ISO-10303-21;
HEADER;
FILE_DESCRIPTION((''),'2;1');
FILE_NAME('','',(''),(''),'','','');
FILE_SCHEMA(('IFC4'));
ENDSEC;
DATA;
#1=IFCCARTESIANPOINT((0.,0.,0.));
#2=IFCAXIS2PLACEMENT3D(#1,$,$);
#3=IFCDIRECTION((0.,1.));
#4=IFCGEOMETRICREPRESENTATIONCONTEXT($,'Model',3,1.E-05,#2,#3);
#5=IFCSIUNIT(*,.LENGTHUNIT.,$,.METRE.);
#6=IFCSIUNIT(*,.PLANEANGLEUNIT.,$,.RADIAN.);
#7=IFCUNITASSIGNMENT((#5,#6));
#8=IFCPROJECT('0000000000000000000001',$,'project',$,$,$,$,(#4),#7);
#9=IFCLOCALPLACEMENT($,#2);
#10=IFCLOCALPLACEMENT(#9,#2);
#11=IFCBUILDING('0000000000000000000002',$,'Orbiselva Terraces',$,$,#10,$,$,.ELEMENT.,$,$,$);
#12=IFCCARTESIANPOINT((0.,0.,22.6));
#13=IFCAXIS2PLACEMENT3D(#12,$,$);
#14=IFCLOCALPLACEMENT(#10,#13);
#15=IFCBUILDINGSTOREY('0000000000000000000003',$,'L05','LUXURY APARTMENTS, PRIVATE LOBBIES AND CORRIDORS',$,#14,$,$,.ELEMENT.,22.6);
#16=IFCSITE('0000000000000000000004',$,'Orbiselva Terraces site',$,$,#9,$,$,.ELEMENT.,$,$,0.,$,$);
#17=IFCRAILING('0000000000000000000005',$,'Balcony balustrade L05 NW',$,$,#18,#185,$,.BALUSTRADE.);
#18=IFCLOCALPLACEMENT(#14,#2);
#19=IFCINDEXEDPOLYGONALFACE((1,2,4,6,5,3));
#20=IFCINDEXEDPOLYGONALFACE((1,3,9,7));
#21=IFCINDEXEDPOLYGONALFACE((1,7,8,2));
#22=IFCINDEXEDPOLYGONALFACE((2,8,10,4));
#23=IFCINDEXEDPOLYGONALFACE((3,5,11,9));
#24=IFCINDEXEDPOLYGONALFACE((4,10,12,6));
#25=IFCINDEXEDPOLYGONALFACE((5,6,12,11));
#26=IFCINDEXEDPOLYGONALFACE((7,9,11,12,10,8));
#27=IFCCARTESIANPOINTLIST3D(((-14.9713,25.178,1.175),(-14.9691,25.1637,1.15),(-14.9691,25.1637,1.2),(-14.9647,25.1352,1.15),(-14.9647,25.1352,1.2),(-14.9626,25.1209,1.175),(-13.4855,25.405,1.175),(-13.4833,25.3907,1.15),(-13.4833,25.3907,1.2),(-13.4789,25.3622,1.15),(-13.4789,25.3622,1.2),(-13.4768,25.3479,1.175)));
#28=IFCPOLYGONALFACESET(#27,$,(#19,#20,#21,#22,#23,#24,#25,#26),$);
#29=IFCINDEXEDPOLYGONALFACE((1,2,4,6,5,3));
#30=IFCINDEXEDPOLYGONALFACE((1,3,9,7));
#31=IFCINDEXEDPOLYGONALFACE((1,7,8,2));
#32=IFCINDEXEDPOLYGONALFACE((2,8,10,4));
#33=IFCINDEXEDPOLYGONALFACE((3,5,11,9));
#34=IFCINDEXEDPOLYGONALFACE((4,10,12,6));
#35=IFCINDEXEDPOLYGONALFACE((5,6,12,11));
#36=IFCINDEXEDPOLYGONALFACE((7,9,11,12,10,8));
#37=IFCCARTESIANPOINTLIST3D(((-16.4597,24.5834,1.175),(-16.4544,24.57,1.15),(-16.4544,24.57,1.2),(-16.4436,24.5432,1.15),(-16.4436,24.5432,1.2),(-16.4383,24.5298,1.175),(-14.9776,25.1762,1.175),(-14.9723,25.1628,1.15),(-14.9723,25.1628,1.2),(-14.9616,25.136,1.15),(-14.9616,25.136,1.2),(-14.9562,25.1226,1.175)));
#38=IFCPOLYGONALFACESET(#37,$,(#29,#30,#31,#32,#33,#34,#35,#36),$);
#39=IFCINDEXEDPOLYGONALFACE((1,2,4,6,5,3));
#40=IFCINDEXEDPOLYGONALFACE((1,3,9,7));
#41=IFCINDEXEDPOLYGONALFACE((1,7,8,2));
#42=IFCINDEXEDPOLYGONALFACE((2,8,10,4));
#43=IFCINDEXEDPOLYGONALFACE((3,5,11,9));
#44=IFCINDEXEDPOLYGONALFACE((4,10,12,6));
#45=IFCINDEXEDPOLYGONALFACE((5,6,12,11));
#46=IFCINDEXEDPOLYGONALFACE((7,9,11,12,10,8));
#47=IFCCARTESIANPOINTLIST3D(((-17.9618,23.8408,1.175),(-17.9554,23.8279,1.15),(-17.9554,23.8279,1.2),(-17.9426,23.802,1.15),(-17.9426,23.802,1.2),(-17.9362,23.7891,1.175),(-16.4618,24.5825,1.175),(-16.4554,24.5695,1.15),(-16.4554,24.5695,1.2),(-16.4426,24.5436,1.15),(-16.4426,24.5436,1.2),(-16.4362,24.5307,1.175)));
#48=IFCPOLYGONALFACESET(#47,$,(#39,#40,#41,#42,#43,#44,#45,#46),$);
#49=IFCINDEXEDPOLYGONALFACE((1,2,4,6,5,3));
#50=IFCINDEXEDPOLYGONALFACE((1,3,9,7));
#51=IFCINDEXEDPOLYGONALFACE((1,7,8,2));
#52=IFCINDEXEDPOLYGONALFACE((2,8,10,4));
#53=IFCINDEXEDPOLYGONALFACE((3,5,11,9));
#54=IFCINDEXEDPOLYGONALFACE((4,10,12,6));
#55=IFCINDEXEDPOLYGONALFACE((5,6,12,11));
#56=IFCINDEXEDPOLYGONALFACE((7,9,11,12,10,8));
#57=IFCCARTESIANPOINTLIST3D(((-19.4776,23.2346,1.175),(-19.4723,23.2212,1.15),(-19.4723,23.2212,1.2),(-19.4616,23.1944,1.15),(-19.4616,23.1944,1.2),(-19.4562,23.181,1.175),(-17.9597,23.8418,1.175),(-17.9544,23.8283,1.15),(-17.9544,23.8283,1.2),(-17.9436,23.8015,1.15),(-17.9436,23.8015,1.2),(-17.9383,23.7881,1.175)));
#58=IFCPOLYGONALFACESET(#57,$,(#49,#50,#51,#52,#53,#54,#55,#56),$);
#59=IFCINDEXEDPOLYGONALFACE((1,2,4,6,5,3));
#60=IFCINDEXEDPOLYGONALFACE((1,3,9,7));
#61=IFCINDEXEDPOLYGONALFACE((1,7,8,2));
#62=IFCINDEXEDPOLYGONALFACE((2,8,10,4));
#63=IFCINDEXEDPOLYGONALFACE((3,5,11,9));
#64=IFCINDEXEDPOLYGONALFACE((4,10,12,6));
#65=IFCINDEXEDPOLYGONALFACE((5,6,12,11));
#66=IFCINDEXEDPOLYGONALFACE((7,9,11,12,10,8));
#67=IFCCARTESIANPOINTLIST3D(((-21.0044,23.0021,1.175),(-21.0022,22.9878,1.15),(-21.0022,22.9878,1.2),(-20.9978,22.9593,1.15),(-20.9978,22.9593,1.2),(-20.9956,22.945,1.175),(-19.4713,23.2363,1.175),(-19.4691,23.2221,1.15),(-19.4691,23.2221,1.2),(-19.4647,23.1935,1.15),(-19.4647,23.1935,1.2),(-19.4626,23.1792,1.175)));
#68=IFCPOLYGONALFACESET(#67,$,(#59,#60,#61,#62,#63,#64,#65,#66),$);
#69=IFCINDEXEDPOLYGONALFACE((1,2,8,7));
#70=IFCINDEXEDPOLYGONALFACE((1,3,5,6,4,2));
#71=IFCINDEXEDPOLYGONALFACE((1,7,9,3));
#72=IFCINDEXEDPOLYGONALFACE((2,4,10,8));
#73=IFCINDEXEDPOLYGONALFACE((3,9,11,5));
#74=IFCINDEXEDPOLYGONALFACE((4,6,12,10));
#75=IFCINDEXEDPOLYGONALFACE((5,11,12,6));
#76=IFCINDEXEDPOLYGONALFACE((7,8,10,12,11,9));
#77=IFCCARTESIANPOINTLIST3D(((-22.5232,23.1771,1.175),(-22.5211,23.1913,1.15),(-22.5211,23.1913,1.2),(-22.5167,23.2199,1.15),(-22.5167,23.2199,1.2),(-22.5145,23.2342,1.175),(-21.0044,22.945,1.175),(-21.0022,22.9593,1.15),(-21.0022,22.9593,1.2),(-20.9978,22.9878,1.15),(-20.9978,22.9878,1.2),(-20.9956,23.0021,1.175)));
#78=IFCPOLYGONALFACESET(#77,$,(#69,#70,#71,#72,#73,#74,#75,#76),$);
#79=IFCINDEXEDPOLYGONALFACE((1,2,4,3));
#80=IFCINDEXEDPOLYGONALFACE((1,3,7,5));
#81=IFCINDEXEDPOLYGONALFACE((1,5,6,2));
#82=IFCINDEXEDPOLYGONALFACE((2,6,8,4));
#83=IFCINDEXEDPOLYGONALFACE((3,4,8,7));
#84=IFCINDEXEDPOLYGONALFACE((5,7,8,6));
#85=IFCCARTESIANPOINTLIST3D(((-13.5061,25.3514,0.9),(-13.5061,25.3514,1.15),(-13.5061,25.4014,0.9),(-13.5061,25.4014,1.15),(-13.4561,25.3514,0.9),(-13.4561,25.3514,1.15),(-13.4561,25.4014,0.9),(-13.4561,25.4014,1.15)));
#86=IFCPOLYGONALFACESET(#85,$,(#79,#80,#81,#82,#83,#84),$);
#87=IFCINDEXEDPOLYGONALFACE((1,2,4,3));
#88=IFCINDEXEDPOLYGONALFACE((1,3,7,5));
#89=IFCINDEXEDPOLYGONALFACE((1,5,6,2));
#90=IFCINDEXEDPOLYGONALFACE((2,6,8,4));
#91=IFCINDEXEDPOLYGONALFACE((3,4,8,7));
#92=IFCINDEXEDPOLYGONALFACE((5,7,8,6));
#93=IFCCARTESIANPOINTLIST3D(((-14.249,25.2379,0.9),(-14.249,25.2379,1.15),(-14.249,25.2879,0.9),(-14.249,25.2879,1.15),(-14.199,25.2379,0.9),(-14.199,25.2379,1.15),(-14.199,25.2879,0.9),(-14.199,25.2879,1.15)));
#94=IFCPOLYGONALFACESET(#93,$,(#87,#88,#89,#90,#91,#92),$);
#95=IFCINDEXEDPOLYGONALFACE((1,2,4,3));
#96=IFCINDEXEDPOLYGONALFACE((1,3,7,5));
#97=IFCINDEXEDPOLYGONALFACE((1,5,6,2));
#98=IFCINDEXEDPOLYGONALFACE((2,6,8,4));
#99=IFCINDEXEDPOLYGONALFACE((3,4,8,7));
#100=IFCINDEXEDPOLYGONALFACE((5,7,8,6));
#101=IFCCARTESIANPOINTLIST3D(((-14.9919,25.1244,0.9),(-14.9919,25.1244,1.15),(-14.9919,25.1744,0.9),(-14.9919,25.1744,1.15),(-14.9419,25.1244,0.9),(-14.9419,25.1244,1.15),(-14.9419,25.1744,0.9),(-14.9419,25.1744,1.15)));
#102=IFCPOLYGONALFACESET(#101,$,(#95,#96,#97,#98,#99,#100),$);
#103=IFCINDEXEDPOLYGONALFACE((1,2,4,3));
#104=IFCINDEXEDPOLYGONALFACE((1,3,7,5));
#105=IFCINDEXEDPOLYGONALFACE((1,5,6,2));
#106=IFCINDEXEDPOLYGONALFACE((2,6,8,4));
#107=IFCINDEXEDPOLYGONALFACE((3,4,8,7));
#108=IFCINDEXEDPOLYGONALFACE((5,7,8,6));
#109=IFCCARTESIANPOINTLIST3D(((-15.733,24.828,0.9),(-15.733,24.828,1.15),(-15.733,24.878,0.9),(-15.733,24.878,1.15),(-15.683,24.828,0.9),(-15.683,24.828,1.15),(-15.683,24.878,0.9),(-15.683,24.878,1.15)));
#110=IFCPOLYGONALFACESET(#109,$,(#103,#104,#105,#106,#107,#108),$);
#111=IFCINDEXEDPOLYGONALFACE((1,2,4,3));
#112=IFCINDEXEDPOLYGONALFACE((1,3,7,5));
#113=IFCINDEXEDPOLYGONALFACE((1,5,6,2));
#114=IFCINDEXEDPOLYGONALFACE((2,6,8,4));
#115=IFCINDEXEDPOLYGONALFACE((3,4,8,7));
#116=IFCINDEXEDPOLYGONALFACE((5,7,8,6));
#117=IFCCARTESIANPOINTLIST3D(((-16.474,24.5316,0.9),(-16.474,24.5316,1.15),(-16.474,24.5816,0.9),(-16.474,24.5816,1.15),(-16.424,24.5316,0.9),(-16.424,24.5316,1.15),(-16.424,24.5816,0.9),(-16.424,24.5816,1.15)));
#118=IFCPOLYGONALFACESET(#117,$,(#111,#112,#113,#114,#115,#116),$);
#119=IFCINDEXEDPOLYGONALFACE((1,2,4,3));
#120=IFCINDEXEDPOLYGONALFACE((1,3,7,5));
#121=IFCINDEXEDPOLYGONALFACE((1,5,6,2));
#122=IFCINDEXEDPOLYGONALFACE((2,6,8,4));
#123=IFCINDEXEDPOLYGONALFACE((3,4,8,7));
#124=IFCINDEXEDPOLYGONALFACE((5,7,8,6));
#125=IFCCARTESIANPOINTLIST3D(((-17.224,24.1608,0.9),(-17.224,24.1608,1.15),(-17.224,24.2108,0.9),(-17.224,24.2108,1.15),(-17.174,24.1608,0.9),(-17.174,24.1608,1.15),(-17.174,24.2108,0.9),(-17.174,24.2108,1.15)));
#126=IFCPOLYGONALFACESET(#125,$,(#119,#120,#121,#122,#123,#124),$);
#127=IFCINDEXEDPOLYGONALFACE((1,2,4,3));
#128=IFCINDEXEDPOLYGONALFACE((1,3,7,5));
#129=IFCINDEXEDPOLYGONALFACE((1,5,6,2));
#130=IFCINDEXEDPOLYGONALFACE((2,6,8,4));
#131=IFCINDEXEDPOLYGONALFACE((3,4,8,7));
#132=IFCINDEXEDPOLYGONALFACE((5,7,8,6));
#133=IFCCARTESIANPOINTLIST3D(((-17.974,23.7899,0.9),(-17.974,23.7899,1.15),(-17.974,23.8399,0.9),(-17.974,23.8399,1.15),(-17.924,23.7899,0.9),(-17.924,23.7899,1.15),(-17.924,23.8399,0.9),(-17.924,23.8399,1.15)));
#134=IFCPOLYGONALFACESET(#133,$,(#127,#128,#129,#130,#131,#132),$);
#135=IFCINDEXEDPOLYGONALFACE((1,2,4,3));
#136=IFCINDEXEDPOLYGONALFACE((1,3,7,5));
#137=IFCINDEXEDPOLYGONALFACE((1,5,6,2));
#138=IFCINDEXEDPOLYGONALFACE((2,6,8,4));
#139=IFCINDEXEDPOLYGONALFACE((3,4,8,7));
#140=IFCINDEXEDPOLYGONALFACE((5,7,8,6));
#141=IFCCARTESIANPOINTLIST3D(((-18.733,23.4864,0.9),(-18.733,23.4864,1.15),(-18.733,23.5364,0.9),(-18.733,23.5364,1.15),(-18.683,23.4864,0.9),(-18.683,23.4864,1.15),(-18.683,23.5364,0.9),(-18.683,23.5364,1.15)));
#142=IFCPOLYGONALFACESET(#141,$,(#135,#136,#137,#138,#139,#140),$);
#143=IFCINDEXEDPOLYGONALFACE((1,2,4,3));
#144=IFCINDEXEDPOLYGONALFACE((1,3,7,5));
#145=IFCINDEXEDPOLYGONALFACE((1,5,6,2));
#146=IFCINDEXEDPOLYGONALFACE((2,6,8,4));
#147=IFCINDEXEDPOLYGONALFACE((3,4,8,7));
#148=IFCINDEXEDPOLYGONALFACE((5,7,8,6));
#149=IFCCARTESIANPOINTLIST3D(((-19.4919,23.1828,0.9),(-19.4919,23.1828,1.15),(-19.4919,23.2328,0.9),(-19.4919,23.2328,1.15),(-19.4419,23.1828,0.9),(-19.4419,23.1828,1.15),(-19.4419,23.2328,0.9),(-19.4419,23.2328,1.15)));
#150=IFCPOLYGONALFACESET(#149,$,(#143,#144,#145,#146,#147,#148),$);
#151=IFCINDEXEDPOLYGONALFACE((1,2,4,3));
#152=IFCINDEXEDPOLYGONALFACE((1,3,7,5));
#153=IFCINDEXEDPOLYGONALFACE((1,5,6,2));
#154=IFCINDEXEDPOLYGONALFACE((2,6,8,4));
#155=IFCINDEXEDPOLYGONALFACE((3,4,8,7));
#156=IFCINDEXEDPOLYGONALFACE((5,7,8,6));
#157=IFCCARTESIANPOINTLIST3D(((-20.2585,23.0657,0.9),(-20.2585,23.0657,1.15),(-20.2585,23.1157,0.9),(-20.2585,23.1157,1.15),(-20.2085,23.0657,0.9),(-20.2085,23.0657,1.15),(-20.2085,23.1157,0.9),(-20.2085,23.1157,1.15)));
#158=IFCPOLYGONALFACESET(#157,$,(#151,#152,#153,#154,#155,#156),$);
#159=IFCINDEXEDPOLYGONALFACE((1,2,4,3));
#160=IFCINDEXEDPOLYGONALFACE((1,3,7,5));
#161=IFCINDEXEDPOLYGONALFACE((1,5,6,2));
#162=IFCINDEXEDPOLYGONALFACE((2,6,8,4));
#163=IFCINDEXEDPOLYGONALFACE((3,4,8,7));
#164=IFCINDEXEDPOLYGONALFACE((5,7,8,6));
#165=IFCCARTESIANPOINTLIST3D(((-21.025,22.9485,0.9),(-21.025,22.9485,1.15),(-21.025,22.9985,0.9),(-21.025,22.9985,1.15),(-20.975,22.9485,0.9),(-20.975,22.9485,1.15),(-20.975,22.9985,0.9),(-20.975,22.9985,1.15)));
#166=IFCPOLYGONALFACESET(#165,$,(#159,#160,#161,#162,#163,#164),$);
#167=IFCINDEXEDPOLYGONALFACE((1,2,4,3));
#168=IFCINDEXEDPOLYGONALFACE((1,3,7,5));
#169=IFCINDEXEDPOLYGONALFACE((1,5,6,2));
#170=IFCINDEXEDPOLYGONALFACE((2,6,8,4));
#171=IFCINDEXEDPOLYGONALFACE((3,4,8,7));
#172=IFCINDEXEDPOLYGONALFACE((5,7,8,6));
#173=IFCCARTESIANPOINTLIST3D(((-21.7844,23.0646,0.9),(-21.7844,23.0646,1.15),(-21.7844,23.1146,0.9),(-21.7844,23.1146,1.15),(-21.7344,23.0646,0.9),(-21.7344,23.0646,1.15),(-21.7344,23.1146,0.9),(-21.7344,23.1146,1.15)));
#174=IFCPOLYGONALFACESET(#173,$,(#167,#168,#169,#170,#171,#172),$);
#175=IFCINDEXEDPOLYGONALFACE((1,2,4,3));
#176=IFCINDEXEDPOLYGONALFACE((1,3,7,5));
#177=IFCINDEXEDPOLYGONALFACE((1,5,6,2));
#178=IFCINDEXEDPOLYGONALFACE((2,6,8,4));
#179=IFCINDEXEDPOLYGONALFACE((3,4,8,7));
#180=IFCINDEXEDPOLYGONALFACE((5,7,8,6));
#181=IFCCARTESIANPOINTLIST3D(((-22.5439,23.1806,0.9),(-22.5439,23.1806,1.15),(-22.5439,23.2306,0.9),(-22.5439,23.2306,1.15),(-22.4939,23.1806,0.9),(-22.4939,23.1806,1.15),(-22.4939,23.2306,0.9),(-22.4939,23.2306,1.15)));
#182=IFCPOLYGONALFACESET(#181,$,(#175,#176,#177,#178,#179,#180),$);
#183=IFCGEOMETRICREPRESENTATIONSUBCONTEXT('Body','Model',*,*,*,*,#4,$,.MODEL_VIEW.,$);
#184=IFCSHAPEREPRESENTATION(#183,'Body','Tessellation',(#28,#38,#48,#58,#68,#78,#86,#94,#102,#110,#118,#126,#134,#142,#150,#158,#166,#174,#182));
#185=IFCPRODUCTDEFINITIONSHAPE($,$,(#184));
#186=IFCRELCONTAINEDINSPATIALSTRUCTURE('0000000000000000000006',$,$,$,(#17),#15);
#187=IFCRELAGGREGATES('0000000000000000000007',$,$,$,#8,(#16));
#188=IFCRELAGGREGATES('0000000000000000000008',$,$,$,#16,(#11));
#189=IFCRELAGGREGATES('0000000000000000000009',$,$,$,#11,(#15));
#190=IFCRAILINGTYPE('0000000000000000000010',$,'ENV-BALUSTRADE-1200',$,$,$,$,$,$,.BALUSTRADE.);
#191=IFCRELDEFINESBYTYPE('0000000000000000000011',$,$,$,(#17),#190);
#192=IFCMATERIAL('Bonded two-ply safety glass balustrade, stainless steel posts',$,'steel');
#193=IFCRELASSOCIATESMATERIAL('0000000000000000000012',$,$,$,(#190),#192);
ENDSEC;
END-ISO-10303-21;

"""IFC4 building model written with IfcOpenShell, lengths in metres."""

from ifc_helpers import new_model, si_unit, direction, frame, origin, origin_2d, place, context, subcontext, project, spatial, polyline, rectangle, outline, extrude, material, type_object, element, save


model = new_model("IFC4")

# Units and contexts
model_context = context("Model", 3, precision=1e-05, world=origin(), true_north=direction((0.0, 1.0)))
body_context = subcontext(model_context, "Body", "Model", "MODEL_VIEW")
ifc_project = project(units=[si_unit("LENGTHUNIT", "METRE"), si_unit("PLANEANGLEUNIT", "RADIAN")], contexts=[model_context])

# Site, building, storey
site_placement = place(None, origin())
site = spatial("IfcSite", under=ifc_project, at=site_placement, Name="Orbiselva Terraces site", CompositionType="ELEMENT", RefElevation=0.0)
building_placement = place(site_placement, origin())
building = spatial("IfcBuilding", under=site, at=building_placement, Name="Orbiselva Terraces", CompositionType="ELEMENT")
storey_placement = place(building_placement, frame((0.0, 0.0, 22.6)))
storey = spatial("IfcBuildingStorey", under=building, at=storey_placement, Name="L05", Description="LUXURY APARTMENTS, PRIVATE LOBBIES AND CORRIDORS", CompositionType="ELEMENT", Elevation=22.6)

# Railing
ifc_material_1 = material(Name="Bonded two-ply safety glass balustrade, stainless steel posts", Category="steel")
railing_type_1 = type_object("IfcRailingType", Name="ENV-BALUSTRADE-1200", PredefinedType="BALUSTRADE", material=ifc_material_1)
railing_1_placement = place(storey_placement, frame((-13.4811, 25.3764, 0.9)))
element("IfcRailing", 1, at=railing_1_placement, inside=storey, type_object=railing_type_1, Name="Balcony balustrade L05 NW", PredefinedType="BALUSTRADE", context=body_context, shape_type="SweptSolid", body=[
    extrude(outline(polyline([(0.0289, 0.0), (0.0144, 0.025), (-0.0144, 0.025), (-0.0289, 0.0), (-0.0144, -0.025), (0.0144, -0.025), (0.0289, 0.0)])), frame((0.0, 0.0, 0.275), z_axis=(-0.988529, -0.151034, 0.0), x_axis=(0.151034, -0.988529, 0.0)), (0.0, 0.0, 1.0), 1.503),
    extrude(outline(polyline([(0.0289, 0.0), (0.0144, 0.025), (-0.0144, 0.025), (-0.0289, 0.0), (-0.0144, -0.025), (0.0144, -0.025), (0.0289, 0.0)])), frame((-1.4858, -0.227, 0.275), z_axis=(-0.928477, -0.371391, 0.0), x_axis=(0.371391, -0.928477, 0.0)), (0.0, 0.0, 1.0), 1.5963),
    extrude(outline(polyline([(0.0289, 0.0), (0.0144, 0.025), (-0.0144, 0.025), (-0.0289, 0.0), (-0.0144, -0.025), (0.0144, -0.025), (0.0289, 0.0)])), frame((-2.9679, -0.8198, 0.275), z_axis=(-0.896417, -0.443212, 0.0), x_axis=(0.443212, -0.896417, 0.0)), (0.0, 0.0, 1.0), 1.6733),
    extrude(outline(polyline([(0.0289, 0.0), (0.0144, 0.025), (-0.0144, 0.025), (-0.0289, 0.0), (-0.0144, -0.025), (0.0144, -0.025), (0.0289, 0.0)])), frame((-4.4679, -1.5615, 0.275), z_axis=(-0.928477, -0.37139, 0.0), x_axis=(0.37139, -0.928477, 0.0)), (0.0, 0.0, 1.0), 1.6348),
    extrude(outline(polyline([(0.0289, 0.0), (0.0144, 0.025), (-0.0144, 0.025), (-0.0289, 0.0), (-0.0144, -0.025), (0.0144, -0.025), (0.0289, 0.0)])), frame((-5.9858, -2.1686, 0.275), z_axis=(-0.988529, -0.151034, 0.0), x_axis=(0.151034, -0.988529, 0.0)), (0.0, 0.0, 1.0), 1.5509),
    extrude(outline(polyline([(0.0289, 0.0), (0.0144, 0.025), (-0.0144, 0.025), (-0.0289, 0.0), (-0.0144, -0.025), (0.0144, -0.025), (0.0289, 0.0)])), frame((-7.5189, -2.4029, 0.275), z_axis=(-0.988529, 0.151034, 0.0), x_axis=(-0.151034, -0.988529, 0.0)), (0.0, 0.0, 1.0), 1.5365),
    extrude(rectangle(XDim=0.05, YDim=0.05, at=origin_2d()), origin(), (0.0, 0.0, 1.0), 0.25),
    extrude(rectangle(XDim=0.05, YDim=0.05, at=origin_2d()), frame((-0.7429, -0.1135, 0.0)), (0.0, 0.0, 1.0), 0.25),
    extrude(rectangle(XDim=0.05, YDim=0.05, at=origin_2d()), frame((-1.4858, -0.227, 0.0)), (0.0, 0.0, 1.0), 0.25),
    extrude(rectangle(XDim=0.05, YDim=0.05, at=origin_2d()), frame((-2.2268, -0.5234, 0.0)), (0.0, 0.0, 1.0), 0.25),
    extrude(rectangle(XDim=0.05, YDim=0.05, at=origin_2d()), frame((-2.9679, -0.8198, 0.0)), (0.0, 0.0, 1.0), 0.25),
    extrude(rectangle(XDim=0.05, YDim=0.05, at=origin_2d()), frame((-3.7179, -1.1907, 0.0)), (0.0, 0.0, 1.0), 0.25),
    extrude(rectangle(XDim=0.05, YDim=0.05, at=origin_2d()), frame((-4.4679, -1.5615, 0.0)), (0.0, 0.0, 1.0), 0.25),
    extrude(rectangle(XDim=0.05, YDim=0.05, at=origin_2d()), frame((-5.2268, -1.8651, 0.0)), (0.0, 0.0, 1.0), 0.25),
    extrude(rectangle(XDim=0.05, YDim=0.05, at=origin_2d()), frame((-5.9858, -2.1686, 0.0)), (0.0, 0.0, 1.0), 0.25),
    extrude(rectangle(XDim=0.05, YDim=0.05, at=origin_2d()), frame((-6.7523, -2.2858, 0.0)), (0.0, 0.0, 1.0), 0.25),
    extrude(rectangle(XDim=0.05, YDim=0.05, at=origin_2d()), frame((-7.5189, -2.4029, 0.0)), (0.0, 0.0, 1.0), 0.25),
    extrude(rectangle(XDim=0.05, YDim=0.05, at=origin_2d()), frame((-8.2783, -2.2869, 0.0)), (0.0, 0.0, 1.0), 0.25),
    extrude(rectangle(XDim=0.05, YDim=0.05, at=origin_2d()), frame((-9.0378, -2.1708, 0.0)), (0.0, 0.0, 1.0), 0.25),
])

save(model, "model.ifc")
